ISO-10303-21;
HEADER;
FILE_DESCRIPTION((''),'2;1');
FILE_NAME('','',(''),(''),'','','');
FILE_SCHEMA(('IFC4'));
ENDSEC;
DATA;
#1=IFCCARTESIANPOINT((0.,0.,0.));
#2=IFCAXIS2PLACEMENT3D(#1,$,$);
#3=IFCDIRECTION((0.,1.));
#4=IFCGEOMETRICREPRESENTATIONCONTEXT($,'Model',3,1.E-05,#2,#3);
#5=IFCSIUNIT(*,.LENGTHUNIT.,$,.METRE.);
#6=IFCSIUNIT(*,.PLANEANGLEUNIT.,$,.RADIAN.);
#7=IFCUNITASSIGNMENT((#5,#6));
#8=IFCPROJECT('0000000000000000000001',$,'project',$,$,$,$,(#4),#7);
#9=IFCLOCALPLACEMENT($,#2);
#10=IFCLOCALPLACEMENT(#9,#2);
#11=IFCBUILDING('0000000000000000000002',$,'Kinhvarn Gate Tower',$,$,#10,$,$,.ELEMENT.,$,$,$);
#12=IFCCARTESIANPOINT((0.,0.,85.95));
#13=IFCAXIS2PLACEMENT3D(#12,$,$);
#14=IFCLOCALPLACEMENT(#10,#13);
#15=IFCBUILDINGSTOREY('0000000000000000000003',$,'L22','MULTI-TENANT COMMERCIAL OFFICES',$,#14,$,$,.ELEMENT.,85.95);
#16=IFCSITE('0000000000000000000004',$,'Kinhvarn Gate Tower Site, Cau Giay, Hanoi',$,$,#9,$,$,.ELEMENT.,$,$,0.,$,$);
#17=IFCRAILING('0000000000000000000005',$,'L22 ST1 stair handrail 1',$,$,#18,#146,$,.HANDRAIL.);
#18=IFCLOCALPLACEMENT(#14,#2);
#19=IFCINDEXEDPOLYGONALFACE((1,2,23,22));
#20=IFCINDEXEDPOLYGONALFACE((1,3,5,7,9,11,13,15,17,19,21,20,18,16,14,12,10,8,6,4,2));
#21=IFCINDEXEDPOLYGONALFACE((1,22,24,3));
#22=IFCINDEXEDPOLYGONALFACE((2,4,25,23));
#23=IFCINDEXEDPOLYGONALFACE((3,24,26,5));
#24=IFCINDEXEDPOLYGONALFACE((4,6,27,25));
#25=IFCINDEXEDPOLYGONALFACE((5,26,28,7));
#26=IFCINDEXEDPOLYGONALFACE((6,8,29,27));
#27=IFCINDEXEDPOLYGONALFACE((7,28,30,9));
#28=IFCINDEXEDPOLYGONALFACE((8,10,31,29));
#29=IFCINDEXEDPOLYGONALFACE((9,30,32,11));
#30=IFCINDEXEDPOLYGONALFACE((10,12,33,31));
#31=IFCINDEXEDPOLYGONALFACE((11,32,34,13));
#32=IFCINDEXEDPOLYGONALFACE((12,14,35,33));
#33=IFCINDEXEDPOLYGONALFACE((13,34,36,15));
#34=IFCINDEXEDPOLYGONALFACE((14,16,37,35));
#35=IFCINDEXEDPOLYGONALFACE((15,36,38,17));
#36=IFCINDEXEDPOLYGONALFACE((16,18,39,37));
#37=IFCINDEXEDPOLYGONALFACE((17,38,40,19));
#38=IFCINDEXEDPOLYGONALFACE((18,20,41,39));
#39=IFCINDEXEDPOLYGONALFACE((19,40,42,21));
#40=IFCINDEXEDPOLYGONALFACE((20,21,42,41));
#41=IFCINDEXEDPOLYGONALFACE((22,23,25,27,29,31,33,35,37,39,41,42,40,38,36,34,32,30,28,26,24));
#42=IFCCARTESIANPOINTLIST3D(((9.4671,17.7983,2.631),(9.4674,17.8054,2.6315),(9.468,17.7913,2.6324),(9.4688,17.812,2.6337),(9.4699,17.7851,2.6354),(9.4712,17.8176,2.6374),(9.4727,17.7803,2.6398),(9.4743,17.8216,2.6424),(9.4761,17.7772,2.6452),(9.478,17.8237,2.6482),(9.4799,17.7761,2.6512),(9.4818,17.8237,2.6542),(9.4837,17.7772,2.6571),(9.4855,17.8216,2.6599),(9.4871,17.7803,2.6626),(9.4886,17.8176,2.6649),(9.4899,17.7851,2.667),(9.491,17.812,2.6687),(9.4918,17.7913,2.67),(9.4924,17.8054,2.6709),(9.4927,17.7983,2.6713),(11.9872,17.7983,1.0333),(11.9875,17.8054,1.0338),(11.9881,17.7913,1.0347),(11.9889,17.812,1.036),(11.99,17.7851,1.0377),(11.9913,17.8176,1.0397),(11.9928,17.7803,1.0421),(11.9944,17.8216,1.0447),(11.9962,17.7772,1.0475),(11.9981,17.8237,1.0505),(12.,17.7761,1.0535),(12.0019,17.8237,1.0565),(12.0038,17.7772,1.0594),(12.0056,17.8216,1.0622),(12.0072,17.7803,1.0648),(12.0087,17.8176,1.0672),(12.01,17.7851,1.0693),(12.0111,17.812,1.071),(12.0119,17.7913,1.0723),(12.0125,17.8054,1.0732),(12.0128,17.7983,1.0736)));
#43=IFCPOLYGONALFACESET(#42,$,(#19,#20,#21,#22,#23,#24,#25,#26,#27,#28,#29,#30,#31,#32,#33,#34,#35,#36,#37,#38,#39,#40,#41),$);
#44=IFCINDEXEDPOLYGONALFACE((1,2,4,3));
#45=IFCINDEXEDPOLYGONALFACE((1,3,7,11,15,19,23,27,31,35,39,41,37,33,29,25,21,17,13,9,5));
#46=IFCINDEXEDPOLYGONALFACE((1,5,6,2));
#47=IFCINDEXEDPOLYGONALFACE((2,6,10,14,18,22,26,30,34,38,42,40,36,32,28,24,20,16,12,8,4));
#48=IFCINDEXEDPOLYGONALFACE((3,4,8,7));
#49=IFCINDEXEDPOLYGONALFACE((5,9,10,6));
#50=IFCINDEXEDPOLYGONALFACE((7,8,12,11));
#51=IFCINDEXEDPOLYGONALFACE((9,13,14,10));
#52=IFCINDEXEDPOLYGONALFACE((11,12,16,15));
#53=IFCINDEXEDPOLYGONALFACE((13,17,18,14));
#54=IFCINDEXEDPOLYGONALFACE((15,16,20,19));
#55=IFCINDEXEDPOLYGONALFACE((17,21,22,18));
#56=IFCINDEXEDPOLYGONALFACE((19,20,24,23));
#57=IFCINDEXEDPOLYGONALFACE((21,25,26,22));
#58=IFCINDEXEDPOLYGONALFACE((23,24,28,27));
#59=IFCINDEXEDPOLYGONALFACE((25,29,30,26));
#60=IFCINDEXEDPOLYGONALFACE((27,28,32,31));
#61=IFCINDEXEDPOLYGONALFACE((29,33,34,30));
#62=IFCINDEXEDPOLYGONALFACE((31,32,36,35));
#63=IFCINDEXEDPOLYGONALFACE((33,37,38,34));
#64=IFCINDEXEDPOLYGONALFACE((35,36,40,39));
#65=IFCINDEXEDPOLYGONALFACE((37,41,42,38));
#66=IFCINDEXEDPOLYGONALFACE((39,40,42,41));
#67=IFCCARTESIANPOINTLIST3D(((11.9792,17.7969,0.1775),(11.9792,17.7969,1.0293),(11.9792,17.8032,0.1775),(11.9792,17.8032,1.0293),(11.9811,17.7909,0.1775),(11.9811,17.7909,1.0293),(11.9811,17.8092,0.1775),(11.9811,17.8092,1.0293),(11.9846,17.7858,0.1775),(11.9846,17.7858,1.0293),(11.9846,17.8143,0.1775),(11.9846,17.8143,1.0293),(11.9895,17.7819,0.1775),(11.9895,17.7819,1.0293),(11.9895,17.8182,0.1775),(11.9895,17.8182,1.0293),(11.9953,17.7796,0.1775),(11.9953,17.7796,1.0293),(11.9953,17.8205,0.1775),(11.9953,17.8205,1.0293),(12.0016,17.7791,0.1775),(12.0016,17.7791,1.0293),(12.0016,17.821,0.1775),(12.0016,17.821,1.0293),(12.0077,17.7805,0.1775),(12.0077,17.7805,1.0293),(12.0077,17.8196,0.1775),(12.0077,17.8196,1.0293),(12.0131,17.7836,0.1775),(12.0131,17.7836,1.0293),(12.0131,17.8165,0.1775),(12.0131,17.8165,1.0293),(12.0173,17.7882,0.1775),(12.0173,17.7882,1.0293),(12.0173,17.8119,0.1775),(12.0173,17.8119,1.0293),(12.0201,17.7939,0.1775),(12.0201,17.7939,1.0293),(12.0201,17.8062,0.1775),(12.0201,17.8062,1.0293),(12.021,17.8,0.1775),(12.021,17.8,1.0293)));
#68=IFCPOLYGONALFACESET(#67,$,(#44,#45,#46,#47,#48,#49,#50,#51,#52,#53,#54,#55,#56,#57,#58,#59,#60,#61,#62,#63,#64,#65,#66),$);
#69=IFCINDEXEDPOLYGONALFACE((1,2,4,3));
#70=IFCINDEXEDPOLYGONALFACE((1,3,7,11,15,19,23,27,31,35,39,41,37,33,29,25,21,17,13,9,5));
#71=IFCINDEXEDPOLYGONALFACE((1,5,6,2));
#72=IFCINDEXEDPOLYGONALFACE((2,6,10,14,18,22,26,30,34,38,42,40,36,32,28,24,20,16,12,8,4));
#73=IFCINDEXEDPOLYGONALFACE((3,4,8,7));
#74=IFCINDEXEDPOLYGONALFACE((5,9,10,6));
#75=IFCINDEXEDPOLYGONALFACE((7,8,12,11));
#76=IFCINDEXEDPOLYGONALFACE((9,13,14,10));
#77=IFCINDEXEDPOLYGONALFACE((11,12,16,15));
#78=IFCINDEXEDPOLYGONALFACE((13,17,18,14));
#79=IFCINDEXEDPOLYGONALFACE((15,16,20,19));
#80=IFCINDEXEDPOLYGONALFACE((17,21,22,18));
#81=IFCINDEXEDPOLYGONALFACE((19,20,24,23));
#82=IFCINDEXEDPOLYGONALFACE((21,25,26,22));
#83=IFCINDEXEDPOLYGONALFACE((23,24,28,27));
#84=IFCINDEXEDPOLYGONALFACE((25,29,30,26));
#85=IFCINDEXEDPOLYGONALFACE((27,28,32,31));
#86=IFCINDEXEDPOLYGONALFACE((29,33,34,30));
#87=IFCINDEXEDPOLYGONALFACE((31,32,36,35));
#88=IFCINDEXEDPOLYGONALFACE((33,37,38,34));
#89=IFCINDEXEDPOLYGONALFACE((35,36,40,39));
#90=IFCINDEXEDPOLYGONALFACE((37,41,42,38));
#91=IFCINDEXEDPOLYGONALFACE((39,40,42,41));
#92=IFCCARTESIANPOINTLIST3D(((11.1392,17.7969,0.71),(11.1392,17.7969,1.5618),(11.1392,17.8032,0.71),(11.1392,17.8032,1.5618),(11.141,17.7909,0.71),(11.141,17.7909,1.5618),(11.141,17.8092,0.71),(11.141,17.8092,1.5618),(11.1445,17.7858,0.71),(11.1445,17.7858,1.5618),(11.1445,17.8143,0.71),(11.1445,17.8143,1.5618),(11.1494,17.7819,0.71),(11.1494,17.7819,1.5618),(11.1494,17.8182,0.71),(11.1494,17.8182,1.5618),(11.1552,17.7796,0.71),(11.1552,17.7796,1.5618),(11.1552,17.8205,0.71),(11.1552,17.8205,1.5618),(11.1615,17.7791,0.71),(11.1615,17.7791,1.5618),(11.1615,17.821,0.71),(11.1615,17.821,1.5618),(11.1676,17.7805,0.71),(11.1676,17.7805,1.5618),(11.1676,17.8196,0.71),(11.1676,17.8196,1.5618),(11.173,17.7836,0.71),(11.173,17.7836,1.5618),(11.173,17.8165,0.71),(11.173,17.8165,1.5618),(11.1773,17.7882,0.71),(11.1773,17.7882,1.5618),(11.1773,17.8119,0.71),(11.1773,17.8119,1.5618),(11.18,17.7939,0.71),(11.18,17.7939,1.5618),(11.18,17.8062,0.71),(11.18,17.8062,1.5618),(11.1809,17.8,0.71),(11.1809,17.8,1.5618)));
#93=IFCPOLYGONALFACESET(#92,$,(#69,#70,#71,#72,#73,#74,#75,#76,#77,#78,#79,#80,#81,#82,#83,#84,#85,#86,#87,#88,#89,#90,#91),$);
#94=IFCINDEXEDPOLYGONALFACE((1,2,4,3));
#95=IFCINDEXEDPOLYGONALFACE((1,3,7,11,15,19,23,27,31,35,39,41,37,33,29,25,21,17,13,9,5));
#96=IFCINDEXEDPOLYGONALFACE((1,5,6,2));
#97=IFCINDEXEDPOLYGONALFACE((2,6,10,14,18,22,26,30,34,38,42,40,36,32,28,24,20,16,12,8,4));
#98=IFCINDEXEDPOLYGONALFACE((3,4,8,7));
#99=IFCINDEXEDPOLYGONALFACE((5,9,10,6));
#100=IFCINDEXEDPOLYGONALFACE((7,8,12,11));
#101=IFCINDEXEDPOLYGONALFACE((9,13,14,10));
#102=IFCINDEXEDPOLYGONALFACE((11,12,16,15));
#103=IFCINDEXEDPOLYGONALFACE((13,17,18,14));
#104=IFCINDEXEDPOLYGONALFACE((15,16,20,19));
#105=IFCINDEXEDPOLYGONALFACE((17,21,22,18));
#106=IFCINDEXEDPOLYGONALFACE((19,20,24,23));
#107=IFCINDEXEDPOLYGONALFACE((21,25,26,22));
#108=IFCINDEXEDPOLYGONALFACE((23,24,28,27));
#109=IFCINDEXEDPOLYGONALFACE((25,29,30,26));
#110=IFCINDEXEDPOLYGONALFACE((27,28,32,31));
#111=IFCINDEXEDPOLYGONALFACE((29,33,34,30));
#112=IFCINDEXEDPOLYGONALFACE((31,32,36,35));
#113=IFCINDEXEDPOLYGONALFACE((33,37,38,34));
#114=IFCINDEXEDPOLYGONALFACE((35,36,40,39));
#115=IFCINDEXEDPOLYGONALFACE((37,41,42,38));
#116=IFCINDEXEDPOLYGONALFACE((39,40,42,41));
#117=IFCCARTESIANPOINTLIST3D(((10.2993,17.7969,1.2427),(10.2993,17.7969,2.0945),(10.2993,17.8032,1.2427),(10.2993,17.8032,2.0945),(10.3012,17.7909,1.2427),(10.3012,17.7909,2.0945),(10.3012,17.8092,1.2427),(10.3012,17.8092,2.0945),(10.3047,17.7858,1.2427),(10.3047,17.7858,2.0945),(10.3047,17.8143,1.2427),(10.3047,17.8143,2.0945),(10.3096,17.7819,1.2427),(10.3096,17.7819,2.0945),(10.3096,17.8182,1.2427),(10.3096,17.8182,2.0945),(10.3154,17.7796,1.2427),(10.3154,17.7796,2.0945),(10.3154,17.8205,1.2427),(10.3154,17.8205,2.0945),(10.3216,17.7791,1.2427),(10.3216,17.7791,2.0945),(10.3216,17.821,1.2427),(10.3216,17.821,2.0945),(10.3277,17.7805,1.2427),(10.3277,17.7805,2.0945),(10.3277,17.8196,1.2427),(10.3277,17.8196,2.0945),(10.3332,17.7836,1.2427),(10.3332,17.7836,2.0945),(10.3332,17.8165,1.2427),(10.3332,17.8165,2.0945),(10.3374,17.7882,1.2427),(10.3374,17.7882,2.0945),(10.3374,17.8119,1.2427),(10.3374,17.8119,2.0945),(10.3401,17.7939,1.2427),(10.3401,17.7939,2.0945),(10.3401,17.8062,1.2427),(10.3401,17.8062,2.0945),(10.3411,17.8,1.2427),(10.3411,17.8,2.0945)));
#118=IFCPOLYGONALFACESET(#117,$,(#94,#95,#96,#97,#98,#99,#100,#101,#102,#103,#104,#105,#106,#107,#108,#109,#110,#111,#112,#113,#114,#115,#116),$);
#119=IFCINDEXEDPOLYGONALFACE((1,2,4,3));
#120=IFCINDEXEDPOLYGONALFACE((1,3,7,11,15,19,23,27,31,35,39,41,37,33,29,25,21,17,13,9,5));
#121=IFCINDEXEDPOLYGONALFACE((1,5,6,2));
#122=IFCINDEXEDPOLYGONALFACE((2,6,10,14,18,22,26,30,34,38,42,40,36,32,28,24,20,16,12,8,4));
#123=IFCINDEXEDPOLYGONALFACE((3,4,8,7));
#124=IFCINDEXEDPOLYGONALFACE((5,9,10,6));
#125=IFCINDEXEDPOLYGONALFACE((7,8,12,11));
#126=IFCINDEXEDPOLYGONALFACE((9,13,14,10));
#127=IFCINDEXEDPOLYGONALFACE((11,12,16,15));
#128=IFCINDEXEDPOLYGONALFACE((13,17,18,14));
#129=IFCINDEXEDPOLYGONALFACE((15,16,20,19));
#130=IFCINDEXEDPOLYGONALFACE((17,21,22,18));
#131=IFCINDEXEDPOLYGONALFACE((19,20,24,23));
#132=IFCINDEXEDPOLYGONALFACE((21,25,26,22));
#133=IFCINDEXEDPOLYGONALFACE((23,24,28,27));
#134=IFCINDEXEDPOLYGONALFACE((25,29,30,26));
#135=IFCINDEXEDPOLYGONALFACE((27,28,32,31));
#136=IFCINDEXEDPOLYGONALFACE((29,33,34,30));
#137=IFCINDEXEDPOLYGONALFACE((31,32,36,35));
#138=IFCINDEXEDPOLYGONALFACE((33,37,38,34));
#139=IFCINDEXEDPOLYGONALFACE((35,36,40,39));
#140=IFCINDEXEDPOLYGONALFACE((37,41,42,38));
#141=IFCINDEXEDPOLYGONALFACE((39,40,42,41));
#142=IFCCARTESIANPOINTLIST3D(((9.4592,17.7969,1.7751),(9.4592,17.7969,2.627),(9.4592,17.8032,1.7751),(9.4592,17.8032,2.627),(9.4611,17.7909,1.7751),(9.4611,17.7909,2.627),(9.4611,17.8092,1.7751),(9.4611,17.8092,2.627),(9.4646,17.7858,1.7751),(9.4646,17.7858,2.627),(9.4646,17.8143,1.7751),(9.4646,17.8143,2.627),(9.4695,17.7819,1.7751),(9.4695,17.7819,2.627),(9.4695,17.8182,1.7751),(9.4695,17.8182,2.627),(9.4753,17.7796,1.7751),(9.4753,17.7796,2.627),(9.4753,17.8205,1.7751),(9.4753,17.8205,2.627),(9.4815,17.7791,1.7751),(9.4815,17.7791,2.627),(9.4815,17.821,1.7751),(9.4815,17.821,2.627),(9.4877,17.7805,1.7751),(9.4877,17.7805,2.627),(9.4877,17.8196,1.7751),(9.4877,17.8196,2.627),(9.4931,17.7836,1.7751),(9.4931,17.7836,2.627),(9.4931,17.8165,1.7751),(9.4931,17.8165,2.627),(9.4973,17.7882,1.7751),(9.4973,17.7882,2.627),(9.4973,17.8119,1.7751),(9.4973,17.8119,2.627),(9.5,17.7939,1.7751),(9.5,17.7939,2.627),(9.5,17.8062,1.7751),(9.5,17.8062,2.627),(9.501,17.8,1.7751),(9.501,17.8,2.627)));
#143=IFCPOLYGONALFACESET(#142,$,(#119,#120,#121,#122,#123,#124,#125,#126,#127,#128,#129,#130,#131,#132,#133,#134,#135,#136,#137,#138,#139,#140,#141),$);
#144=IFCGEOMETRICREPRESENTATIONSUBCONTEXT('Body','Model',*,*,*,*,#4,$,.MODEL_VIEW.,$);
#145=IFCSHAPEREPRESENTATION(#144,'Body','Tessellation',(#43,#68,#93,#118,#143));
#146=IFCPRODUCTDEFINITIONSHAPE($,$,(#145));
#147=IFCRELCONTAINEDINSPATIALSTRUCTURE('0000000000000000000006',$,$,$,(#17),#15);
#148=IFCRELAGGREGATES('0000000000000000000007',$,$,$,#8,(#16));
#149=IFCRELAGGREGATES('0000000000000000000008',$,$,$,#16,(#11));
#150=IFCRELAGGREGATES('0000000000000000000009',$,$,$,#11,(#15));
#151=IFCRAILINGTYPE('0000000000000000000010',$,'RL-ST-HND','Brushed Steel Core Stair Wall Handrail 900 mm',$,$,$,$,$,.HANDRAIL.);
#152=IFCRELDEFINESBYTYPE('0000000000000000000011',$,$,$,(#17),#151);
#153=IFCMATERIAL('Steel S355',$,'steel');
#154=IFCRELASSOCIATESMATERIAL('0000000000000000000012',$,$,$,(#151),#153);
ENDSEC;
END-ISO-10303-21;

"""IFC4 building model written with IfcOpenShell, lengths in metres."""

from ifc_helpers import new_model, si_unit, direction, frame, origin, origin_2d, place, context, subcontext, project, spatial, circle, extrude, material, type_object, element, save


model = new_model("IFC4")

# Units and contexts
model_context = context("Model", 3, precision=1e-05, world=origin(), true_north=direction((0.0, 1.0)))
body_context = subcontext(model_context, "Body", "Model", "MODEL_VIEW")
ifc_project = project(units=[si_unit("LENGTHUNIT", "METRE"), si_unit("PLANEANGLEUNIT", "RADIAN")], contexts=[model_context])

# Site, building, storey
site_placement = place(None, origin())
site = spatial("IfcSite", under=ifc_project, at=site_placement, Name="Kinhvarn Gate Tower Site, Cau Giay, Hanoi", CompositionType="ELEMENT", RefElevation=0.0)
building_placement = place(site_placement, origin())
building = spatial("IfcBuilding", under=site, at=building_placement, Name="Kinhvarn Gate Tower", CompositionType="ELEMENT")
storey_placement = place(building_placement, frame((0.0, 0.0, 85.95)))
storey = spatial("IfcBuildingStorey", under=building, at=storey_placement, Name="L22", Description="MULTI-TENANT COMMERCIAL OFFICES", CompositionType="ELEMENT", Elevation=85.95)

# Shared definitions
ifc_material_1 = material(Name="Steel S355", Category="steel")

# Railing
railing_type_1 = type_object("IfcRailingType", Name="RL-ST-HND", Description="Brushed Steel Core Stair Wall Handrail 900 mm", PredefinedType="HANDRAIL", material=ifc_material_1)
railing_1_placement = place(storey_placement, frame((12.0, 17.8, 0.1775)))
element("IfcRailing", 1, at=railing_1_placement, inside=storey, type_object=railing_type_1, Name="L22 ST1 stair handrail 1", PredefinedType="HANDRAIL", context=body_context, shape_type="SweptSolid", body=[
    extrude(circle(Radius=0.0239, at=origin_2d()), frame((0.0, 0.0, 0.876), z_axis=(-0.84457, 0.0, 0.535445), x_axis=(0.0, -1.0, 0.0)), (0.0, 0.0, 1.0), 2.9839),
    extrude(circle(Radius=0.021, at=origin_2d()), origin(), (0.0, 0.0, 1.0), 0.8518),
    extrude(circle(Radius=0.021, at=origin_2d()), frame((-0.8401, 0.0, 0.5325)), (0.0, 0.0, 1.0), 0.8518),
    extrude(circle(Radius=0.021, at=origin_2d()), frame((-1.6799, 0.0, 1.0652)), (0.0, 0.0, 1.0), 0.8518),
    extrude(circle(Radius=0.021, at=origin_2d()), frame((-2.52, 0.0, 1.5977)), (0.0, 0.0, 1.0), 0.8518),
])

save(model, "model.ifc")
